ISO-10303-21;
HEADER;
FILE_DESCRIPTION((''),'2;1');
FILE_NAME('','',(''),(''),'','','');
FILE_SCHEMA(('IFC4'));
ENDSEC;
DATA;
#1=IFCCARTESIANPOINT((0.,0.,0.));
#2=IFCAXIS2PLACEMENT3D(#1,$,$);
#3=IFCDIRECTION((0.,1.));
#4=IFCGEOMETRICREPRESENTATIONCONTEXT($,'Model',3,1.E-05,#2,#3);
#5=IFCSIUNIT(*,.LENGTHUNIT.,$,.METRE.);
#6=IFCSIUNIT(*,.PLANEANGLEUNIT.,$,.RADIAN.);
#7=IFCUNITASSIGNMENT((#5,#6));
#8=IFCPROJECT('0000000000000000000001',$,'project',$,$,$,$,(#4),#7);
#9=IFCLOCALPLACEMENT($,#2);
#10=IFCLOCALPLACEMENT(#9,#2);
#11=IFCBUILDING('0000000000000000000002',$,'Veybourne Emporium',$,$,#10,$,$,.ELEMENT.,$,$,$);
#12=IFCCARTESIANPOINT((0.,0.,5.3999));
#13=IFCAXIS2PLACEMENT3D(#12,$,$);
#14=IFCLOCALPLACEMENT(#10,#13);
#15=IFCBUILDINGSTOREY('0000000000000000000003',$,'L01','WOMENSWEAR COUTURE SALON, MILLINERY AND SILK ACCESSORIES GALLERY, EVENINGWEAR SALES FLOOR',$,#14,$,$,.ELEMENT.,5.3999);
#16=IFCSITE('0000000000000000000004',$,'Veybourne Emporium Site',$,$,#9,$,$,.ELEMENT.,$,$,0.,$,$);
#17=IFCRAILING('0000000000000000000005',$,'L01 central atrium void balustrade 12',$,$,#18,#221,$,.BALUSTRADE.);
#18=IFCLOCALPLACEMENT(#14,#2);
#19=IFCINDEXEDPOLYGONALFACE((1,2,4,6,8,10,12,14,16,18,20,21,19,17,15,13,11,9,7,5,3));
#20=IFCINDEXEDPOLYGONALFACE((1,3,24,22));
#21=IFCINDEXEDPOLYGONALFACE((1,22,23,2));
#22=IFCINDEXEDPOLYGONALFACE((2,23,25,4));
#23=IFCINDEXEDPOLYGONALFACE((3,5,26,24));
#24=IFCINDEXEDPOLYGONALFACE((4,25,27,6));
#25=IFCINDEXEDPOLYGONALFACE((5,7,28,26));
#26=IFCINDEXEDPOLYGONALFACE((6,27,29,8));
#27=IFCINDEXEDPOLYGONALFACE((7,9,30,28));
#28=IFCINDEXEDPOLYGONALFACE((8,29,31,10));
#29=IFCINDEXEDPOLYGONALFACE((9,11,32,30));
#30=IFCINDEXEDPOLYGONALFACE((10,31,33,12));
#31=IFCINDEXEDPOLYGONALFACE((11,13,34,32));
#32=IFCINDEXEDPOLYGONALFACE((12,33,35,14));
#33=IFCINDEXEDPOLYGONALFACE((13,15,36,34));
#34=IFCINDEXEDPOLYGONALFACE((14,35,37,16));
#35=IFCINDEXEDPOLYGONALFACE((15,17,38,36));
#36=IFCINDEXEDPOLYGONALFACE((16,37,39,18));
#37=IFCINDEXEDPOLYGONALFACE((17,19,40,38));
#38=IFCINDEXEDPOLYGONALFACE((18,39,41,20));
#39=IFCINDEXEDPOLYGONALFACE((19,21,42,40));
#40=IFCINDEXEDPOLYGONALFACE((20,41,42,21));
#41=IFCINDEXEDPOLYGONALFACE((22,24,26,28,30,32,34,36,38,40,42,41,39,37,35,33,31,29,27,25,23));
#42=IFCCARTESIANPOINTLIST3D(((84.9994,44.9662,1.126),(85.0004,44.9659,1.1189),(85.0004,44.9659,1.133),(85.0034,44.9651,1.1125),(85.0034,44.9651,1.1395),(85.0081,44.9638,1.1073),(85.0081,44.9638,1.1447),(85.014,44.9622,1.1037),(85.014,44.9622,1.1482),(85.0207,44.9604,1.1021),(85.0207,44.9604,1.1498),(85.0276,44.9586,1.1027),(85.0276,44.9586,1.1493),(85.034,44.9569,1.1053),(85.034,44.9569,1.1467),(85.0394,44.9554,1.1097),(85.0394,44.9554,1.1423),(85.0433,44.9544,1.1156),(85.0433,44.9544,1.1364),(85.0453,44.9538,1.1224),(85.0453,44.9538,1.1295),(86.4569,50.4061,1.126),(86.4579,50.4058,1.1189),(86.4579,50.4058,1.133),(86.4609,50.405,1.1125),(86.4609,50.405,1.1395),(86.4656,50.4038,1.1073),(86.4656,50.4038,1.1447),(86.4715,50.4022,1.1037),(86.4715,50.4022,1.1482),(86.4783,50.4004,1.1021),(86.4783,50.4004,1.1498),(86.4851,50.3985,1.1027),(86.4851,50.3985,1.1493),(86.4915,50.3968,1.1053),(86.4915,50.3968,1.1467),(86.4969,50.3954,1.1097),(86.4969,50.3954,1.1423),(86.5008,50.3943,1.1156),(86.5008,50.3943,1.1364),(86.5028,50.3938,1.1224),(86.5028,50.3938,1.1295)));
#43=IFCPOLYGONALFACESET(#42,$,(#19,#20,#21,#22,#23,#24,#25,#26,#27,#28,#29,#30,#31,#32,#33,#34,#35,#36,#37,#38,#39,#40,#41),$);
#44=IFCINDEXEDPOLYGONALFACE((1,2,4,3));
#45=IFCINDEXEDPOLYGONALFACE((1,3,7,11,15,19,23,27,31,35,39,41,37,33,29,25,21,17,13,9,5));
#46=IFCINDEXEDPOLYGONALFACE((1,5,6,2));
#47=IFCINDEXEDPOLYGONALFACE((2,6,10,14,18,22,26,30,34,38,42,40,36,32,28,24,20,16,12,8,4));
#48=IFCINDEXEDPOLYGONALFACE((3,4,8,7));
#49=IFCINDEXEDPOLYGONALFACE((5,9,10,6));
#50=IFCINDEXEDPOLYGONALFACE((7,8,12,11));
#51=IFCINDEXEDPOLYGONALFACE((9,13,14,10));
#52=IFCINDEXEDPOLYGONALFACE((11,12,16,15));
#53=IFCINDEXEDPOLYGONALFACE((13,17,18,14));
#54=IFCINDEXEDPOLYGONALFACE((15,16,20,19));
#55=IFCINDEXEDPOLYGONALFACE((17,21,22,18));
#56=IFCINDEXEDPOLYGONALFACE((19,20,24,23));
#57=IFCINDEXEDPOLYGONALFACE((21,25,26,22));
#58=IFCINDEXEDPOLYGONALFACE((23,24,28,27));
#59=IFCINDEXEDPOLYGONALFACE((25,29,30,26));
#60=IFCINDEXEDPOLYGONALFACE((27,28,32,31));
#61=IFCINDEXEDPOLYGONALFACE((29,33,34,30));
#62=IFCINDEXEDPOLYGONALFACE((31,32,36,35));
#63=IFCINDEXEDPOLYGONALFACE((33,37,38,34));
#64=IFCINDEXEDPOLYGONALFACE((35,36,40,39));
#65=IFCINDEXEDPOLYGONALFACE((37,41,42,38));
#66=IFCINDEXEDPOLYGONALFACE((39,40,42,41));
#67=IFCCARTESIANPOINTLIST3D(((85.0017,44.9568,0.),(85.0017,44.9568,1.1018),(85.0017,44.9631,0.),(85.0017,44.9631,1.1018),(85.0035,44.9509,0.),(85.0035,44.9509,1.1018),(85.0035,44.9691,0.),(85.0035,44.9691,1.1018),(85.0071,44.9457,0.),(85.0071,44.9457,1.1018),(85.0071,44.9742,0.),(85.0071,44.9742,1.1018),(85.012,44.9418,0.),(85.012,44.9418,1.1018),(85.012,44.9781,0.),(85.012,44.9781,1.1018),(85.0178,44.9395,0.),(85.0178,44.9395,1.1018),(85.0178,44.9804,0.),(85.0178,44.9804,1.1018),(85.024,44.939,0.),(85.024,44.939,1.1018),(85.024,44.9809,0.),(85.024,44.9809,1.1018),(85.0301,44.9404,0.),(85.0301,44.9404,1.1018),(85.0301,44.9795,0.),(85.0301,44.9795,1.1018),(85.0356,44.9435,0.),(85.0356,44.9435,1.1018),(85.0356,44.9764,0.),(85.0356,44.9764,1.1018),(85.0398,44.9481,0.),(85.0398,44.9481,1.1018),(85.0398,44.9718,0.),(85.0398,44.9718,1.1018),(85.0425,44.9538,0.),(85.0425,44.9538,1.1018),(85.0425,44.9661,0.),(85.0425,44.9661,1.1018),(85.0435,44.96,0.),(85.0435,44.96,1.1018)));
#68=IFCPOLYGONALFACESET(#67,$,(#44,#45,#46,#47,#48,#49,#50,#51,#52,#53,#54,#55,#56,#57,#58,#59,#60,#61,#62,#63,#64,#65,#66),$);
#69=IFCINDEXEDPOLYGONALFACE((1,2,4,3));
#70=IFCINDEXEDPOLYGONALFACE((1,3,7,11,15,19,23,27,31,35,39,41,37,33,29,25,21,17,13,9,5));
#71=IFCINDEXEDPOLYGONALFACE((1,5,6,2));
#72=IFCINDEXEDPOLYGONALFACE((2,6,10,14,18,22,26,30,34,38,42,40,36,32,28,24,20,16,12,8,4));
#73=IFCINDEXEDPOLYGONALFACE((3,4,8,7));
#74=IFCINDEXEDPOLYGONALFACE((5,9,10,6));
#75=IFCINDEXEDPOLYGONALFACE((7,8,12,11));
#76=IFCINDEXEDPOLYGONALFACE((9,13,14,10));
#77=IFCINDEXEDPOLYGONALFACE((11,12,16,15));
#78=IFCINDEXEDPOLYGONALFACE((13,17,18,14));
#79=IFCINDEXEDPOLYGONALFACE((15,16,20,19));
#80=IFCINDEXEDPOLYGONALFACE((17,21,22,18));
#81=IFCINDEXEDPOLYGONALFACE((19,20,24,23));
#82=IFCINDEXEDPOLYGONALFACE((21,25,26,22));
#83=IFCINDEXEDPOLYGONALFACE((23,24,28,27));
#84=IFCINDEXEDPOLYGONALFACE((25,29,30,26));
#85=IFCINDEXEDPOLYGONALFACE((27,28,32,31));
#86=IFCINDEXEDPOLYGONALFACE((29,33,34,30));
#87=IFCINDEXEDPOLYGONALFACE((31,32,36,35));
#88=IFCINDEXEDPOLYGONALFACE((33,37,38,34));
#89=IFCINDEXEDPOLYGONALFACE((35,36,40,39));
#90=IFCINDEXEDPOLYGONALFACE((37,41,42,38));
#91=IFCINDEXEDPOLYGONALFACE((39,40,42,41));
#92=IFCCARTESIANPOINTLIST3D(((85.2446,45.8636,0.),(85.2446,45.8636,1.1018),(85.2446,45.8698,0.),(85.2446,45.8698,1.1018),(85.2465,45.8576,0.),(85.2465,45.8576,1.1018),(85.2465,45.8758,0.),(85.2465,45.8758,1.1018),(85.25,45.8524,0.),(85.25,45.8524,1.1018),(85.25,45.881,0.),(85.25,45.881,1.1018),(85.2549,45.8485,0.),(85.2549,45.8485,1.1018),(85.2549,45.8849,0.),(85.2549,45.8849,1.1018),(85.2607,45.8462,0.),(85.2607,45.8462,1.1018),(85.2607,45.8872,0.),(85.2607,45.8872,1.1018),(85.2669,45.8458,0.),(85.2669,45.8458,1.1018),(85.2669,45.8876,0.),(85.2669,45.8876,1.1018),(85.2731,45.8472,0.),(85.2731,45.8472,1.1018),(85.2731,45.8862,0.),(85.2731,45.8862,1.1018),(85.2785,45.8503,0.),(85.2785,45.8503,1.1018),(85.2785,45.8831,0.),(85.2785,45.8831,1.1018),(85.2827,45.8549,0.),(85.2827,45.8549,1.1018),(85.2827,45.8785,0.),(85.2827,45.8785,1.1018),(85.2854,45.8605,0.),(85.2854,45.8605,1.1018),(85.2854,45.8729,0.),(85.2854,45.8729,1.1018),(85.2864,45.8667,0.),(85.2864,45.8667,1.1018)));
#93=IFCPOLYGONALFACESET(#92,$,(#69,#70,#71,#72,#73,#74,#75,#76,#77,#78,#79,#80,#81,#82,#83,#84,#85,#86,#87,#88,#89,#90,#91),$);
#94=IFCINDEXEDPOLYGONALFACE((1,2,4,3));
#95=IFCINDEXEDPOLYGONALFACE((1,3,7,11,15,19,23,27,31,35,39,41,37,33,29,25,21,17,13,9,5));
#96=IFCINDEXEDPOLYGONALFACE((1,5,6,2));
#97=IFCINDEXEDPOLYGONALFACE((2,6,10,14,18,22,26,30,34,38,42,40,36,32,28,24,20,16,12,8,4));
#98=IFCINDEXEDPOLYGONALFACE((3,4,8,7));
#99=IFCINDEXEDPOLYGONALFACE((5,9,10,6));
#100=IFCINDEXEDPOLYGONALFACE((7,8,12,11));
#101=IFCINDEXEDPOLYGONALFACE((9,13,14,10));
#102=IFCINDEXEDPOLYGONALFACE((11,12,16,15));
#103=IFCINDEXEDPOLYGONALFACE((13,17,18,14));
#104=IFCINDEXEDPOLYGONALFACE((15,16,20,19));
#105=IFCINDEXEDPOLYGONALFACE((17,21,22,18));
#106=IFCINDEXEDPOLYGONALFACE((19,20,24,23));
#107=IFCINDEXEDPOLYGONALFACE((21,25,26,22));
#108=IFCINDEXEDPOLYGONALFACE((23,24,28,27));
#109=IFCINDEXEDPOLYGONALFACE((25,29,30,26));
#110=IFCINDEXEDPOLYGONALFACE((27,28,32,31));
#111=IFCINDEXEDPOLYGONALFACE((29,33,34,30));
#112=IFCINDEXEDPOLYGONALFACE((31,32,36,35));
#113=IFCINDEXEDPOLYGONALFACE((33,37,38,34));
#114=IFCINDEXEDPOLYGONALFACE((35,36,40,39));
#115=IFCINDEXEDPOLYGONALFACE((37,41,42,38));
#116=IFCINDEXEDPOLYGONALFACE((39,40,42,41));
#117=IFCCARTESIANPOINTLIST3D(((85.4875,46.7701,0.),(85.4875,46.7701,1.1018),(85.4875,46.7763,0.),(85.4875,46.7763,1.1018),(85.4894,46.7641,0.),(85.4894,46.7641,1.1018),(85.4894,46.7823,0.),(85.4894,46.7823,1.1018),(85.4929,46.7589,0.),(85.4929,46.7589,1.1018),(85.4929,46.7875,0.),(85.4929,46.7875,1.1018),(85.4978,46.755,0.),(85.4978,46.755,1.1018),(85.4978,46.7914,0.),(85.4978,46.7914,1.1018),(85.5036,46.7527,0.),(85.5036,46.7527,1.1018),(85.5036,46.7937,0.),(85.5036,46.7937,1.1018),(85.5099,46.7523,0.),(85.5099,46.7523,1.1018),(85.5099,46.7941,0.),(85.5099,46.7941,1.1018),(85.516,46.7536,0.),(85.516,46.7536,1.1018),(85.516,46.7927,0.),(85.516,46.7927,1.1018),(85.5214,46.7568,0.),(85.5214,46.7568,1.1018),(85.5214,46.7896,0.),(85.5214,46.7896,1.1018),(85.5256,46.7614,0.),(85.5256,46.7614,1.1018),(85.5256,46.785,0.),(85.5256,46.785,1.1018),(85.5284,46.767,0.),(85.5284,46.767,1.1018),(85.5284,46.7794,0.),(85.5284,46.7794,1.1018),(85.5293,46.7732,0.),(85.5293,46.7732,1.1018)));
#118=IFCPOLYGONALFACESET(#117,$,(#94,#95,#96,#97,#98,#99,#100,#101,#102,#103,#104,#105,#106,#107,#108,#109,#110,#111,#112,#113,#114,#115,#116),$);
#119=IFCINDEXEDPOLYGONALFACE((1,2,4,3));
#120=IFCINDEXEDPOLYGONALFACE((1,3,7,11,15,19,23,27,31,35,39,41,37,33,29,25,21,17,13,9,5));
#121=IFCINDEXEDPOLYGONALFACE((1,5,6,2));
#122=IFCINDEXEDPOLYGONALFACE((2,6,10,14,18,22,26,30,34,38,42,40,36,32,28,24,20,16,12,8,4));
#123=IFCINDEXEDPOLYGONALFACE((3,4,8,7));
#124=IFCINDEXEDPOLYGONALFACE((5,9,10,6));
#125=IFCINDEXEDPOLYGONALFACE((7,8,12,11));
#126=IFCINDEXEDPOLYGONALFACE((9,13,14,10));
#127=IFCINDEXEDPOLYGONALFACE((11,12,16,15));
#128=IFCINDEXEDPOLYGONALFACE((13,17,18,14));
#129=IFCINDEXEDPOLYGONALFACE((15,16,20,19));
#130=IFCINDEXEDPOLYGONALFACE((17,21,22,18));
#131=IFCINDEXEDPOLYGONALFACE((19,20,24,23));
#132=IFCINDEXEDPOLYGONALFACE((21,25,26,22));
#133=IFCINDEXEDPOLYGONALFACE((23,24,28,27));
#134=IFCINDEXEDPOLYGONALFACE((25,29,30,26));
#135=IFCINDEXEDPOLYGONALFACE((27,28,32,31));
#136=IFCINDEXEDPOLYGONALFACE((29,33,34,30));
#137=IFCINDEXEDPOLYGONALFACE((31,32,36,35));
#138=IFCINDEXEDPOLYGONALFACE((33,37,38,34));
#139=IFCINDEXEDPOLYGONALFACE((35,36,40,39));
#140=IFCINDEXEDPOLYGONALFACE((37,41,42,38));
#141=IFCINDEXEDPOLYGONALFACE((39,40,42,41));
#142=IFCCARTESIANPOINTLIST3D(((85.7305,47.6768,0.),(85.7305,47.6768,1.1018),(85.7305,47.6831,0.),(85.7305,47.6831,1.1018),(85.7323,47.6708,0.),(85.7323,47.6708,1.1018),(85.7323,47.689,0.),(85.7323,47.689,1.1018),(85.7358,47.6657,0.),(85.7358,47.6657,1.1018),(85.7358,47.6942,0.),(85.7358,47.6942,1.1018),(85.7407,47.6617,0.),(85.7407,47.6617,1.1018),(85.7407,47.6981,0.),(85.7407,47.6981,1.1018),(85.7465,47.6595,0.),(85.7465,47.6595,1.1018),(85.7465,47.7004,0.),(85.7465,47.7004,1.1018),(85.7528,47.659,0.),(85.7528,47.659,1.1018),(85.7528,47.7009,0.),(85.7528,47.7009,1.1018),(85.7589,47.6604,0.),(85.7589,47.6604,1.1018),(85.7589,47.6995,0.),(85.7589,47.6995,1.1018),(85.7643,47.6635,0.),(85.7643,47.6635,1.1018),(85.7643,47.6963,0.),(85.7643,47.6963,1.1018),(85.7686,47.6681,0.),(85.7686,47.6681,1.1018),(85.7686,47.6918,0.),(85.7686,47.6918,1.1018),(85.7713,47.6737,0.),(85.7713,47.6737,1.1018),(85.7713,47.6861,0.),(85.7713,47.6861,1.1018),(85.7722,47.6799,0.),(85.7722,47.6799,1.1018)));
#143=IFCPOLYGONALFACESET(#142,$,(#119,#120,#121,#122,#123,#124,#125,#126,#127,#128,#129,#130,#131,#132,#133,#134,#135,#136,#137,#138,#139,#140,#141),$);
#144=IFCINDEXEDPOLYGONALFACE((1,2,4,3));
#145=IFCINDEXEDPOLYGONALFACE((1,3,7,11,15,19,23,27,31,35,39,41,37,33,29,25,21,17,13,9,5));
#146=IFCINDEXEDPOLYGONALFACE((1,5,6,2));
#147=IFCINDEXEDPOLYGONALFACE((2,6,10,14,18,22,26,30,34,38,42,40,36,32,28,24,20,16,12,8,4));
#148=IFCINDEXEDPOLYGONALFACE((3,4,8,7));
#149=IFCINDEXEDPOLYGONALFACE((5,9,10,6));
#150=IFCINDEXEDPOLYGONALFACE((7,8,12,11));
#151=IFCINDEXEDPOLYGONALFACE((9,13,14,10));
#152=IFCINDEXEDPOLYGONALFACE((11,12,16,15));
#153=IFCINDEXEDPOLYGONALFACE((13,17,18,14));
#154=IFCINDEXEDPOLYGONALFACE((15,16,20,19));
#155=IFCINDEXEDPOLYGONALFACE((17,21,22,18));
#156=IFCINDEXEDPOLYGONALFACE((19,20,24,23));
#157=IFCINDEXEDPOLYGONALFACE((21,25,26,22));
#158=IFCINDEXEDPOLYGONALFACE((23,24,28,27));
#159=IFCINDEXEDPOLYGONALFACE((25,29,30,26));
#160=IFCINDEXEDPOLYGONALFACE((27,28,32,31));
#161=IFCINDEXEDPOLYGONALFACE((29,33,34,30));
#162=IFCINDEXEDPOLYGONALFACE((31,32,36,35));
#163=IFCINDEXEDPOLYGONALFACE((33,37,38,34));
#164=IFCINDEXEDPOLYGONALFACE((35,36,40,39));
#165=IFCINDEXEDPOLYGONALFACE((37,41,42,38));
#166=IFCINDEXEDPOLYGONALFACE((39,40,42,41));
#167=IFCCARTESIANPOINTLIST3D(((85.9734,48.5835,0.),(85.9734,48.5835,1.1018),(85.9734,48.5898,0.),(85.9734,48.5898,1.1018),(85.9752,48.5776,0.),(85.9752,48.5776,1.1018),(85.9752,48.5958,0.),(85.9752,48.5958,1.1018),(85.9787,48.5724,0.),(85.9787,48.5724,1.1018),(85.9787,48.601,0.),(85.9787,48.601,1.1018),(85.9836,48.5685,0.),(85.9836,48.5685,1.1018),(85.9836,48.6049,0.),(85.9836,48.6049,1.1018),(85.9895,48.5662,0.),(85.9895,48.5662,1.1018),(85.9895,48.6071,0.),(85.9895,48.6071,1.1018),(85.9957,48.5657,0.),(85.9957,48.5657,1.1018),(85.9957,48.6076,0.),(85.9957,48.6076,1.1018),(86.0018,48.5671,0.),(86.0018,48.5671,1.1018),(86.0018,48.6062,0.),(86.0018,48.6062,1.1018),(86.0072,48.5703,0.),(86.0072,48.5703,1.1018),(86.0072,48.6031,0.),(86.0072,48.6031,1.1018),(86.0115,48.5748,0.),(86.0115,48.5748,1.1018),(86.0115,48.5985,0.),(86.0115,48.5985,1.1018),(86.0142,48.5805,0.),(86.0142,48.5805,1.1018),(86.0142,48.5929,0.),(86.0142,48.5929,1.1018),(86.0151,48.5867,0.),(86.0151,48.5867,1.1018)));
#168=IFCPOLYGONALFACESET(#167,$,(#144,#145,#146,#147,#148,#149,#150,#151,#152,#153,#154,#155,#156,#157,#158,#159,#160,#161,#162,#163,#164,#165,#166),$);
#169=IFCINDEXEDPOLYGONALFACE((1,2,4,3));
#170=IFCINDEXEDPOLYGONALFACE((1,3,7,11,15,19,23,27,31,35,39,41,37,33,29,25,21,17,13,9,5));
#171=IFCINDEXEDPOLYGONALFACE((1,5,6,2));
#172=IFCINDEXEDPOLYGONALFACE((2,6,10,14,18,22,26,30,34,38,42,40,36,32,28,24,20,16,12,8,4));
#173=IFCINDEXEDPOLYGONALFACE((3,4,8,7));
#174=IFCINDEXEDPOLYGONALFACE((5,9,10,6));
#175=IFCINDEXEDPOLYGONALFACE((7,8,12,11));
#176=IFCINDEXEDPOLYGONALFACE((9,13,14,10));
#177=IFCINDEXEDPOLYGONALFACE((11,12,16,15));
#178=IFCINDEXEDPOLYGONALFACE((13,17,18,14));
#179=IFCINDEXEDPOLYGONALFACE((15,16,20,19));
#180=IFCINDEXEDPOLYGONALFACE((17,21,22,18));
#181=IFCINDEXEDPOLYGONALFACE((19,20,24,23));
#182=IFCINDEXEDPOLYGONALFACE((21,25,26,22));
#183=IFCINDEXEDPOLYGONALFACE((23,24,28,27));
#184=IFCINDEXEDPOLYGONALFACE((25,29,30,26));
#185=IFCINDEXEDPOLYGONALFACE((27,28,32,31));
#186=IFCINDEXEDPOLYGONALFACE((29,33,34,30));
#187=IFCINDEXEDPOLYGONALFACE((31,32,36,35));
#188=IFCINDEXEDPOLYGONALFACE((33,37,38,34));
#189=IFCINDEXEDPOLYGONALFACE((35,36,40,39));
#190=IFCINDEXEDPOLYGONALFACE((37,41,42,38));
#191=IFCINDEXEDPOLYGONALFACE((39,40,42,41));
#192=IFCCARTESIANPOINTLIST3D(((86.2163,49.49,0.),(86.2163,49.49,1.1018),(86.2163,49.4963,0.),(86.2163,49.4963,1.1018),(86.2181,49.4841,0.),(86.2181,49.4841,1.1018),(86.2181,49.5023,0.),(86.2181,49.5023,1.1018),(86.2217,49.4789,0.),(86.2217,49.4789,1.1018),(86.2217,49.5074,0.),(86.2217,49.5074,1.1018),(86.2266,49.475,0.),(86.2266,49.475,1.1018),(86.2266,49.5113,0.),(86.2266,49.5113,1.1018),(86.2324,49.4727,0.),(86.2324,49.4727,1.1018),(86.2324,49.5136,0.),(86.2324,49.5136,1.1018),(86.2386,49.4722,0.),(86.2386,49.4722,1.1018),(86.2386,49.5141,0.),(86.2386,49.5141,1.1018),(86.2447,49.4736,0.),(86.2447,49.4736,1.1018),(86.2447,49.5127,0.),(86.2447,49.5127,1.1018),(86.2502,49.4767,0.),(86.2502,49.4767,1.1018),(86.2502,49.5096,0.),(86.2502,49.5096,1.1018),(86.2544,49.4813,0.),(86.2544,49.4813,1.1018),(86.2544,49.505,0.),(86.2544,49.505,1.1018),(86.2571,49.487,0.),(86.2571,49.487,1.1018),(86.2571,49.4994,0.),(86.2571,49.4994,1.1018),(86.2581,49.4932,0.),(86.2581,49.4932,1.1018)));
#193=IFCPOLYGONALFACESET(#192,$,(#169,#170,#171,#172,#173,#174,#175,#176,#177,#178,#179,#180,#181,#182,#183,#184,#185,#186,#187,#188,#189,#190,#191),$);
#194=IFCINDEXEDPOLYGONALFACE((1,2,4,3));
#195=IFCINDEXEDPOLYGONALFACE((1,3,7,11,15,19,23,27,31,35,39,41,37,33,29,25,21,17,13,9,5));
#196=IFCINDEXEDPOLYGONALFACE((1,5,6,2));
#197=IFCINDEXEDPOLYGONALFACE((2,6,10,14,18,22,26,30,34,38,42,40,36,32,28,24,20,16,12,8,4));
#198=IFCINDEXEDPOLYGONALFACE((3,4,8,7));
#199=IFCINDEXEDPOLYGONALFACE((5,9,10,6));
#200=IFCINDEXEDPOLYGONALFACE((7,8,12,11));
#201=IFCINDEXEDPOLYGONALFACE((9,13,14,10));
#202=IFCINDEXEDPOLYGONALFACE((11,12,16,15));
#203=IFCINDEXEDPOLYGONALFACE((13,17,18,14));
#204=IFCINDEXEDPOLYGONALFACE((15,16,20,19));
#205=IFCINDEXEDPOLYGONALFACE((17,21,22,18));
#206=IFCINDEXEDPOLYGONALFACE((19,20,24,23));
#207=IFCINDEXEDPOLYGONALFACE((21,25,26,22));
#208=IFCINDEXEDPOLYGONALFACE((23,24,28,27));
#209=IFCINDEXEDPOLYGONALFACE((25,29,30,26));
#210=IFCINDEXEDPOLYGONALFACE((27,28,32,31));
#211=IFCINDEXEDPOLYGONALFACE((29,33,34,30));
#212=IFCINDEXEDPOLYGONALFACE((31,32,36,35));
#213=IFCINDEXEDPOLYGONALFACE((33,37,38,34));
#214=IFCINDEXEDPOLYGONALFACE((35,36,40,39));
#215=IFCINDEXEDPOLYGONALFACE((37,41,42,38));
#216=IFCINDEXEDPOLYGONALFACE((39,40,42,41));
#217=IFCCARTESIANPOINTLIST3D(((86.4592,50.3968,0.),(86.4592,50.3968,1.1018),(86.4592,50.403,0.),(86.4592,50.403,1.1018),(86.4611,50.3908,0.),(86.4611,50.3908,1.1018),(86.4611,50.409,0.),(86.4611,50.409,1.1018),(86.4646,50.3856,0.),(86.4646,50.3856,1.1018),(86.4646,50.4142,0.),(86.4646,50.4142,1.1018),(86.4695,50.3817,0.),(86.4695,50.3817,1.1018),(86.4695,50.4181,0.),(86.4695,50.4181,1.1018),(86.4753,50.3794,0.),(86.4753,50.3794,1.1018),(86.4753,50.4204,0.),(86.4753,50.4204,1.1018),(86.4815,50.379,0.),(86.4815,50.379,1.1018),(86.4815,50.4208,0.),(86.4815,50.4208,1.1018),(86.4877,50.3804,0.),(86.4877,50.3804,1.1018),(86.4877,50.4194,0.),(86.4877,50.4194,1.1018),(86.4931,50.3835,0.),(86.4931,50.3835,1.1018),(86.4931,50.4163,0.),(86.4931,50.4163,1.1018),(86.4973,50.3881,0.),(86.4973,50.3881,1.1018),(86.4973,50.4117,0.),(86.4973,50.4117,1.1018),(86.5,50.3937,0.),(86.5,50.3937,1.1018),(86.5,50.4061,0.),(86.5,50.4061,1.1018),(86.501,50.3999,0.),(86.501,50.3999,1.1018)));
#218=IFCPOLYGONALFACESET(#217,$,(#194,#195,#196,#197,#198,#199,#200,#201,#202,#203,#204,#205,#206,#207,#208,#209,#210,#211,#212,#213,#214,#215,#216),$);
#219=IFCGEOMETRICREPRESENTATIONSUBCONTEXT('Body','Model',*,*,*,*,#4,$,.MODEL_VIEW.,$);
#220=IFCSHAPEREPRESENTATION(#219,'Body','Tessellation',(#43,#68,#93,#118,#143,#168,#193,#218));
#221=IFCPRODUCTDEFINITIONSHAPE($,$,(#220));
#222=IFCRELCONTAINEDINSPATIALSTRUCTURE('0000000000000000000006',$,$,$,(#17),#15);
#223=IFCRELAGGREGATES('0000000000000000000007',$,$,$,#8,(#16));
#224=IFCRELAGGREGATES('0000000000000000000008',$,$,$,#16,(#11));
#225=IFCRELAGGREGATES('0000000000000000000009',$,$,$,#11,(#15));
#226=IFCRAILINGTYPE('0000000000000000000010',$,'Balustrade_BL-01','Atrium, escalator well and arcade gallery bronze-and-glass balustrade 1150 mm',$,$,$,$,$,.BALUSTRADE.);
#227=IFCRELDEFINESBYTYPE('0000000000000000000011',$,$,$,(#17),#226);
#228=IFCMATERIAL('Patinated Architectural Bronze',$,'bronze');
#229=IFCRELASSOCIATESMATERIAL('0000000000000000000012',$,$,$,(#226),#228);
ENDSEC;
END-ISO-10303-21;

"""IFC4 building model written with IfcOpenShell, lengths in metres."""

from ifc_helpers import new_model, si_unit, direction, frame, origin, origin_2d, place, context, subcontext, project, spatial, circle, extrude, material, type_object, element, save


model = new_model("IFC4")

# Units and contexts
model_context = context("Model", 3, precision=1e-05, world=origin(), true_north=direction((0.0, 1.0)))
body_context = subcontext(model_context, "Body", "Model", "MODEL_VIEW")
ifc_project = project(units=[si_unit("LENGTHUNIT", "METRE"), si_unit("PLANEANGLEUNIT", "RADIAN")], contexts=[model_context])

# Site, building, storey
site_placement = place(None, origin())
site = spatial("IfcSite", under=ifc_project, at=site_placement, Name="Veybourne Emporium Site", CompositionType="ELEMENT", RefElevation=0.0)
building_placement = place(site_placement, origin())
building = spatial("IfcBuilding", under=site, at=building_placement, Name="Veybourne Emporium", CompositionType="ELEMENT")
storey_placement = place(building_placement, frame((0.0, 0.0, 5.3999)))
storey = spatial("IfcBuildingStorey", under=building, at=storey_placement, Name="L01", Description="WOMENSWEAR COUTURE SALON, MILLINERY AND SILK ACCESSORIES GALLERY, EVENINGWEAR SALES FLOOR", CompositionType="ELEMENT", Elevation=5.3999)

# Railing
ifc_material_1 = material(Name="Patinated Architectural Bronze", Category="bronze")
railing_type = type_object("IfcRailingType", Name="Balustrade_BL-01", Description="Atrium, escalator well and arcade gallery bronze-and-glass balustrade 1150 mm", PredefinedType="BALUSTRADE", material=ifc_material_1)
railing_1_placement = place(storey_placement, frame((85.0225, 44.96, 0.0)))
element("IfcRailing", 1, at=railing_1_placement, inside=storey, type_object=railing_type, Name="L01 central atrium void balustrade 12", PredefinedType="BALUSTRADE", context=body_context, shape_type="SweptSolid", body=[
    extrude(circle(Radius=0.0239, at=origin_2d()), frame((0.0, 0.0, 1.126), z_axis=(0.258801, 0.965931, 0.0), x_axis=(-0.965931, 0.258801, 0.0)), (0.0, 0.0, 1.0), 5.6318),
    extrude(circle(Radius=0.021, at=origin_2d()), origin(), (0.0, 0.0, 1.0), 1.1018),
    extrude(circle(Radius=0.021, at=origin_2d()), frame((0.2429, 0.9067, 0.0)), (0.0, 0.0, 1.0), 1.1018),
    extrude(circle(Radius=0.021, at=origin_2d()), frame((0.4858, 1.8132, 0.0)), (0.0, 0.0, 1.0), 1.1018),
    extrude(circle(Radius=0.021, at=origin_2d()), frame((0.7288, 2.72, 0.0)), (0.0, 0.0, 1.0), 1.1018),
    extrude(circle(Radius=0.021, at=origin_2d()), frame((0.9717, 3.6267, 0.0)), (0.0, 0.0, 1.0), 1.1018),
    extrude(circle(Radius=0.021, at=origin_2d()), frame((1.2146, 4.5332, 0.0)), (0.0, 0.0, 1.0), 1.1018),
    extrude(circle(Radius=0.021, at=origin_2d()), frame((1.4575, 5.4399, 0.0)), (0.0, 0.0, 1.0), 1.1018),
])

save(model, "model.ifc")
